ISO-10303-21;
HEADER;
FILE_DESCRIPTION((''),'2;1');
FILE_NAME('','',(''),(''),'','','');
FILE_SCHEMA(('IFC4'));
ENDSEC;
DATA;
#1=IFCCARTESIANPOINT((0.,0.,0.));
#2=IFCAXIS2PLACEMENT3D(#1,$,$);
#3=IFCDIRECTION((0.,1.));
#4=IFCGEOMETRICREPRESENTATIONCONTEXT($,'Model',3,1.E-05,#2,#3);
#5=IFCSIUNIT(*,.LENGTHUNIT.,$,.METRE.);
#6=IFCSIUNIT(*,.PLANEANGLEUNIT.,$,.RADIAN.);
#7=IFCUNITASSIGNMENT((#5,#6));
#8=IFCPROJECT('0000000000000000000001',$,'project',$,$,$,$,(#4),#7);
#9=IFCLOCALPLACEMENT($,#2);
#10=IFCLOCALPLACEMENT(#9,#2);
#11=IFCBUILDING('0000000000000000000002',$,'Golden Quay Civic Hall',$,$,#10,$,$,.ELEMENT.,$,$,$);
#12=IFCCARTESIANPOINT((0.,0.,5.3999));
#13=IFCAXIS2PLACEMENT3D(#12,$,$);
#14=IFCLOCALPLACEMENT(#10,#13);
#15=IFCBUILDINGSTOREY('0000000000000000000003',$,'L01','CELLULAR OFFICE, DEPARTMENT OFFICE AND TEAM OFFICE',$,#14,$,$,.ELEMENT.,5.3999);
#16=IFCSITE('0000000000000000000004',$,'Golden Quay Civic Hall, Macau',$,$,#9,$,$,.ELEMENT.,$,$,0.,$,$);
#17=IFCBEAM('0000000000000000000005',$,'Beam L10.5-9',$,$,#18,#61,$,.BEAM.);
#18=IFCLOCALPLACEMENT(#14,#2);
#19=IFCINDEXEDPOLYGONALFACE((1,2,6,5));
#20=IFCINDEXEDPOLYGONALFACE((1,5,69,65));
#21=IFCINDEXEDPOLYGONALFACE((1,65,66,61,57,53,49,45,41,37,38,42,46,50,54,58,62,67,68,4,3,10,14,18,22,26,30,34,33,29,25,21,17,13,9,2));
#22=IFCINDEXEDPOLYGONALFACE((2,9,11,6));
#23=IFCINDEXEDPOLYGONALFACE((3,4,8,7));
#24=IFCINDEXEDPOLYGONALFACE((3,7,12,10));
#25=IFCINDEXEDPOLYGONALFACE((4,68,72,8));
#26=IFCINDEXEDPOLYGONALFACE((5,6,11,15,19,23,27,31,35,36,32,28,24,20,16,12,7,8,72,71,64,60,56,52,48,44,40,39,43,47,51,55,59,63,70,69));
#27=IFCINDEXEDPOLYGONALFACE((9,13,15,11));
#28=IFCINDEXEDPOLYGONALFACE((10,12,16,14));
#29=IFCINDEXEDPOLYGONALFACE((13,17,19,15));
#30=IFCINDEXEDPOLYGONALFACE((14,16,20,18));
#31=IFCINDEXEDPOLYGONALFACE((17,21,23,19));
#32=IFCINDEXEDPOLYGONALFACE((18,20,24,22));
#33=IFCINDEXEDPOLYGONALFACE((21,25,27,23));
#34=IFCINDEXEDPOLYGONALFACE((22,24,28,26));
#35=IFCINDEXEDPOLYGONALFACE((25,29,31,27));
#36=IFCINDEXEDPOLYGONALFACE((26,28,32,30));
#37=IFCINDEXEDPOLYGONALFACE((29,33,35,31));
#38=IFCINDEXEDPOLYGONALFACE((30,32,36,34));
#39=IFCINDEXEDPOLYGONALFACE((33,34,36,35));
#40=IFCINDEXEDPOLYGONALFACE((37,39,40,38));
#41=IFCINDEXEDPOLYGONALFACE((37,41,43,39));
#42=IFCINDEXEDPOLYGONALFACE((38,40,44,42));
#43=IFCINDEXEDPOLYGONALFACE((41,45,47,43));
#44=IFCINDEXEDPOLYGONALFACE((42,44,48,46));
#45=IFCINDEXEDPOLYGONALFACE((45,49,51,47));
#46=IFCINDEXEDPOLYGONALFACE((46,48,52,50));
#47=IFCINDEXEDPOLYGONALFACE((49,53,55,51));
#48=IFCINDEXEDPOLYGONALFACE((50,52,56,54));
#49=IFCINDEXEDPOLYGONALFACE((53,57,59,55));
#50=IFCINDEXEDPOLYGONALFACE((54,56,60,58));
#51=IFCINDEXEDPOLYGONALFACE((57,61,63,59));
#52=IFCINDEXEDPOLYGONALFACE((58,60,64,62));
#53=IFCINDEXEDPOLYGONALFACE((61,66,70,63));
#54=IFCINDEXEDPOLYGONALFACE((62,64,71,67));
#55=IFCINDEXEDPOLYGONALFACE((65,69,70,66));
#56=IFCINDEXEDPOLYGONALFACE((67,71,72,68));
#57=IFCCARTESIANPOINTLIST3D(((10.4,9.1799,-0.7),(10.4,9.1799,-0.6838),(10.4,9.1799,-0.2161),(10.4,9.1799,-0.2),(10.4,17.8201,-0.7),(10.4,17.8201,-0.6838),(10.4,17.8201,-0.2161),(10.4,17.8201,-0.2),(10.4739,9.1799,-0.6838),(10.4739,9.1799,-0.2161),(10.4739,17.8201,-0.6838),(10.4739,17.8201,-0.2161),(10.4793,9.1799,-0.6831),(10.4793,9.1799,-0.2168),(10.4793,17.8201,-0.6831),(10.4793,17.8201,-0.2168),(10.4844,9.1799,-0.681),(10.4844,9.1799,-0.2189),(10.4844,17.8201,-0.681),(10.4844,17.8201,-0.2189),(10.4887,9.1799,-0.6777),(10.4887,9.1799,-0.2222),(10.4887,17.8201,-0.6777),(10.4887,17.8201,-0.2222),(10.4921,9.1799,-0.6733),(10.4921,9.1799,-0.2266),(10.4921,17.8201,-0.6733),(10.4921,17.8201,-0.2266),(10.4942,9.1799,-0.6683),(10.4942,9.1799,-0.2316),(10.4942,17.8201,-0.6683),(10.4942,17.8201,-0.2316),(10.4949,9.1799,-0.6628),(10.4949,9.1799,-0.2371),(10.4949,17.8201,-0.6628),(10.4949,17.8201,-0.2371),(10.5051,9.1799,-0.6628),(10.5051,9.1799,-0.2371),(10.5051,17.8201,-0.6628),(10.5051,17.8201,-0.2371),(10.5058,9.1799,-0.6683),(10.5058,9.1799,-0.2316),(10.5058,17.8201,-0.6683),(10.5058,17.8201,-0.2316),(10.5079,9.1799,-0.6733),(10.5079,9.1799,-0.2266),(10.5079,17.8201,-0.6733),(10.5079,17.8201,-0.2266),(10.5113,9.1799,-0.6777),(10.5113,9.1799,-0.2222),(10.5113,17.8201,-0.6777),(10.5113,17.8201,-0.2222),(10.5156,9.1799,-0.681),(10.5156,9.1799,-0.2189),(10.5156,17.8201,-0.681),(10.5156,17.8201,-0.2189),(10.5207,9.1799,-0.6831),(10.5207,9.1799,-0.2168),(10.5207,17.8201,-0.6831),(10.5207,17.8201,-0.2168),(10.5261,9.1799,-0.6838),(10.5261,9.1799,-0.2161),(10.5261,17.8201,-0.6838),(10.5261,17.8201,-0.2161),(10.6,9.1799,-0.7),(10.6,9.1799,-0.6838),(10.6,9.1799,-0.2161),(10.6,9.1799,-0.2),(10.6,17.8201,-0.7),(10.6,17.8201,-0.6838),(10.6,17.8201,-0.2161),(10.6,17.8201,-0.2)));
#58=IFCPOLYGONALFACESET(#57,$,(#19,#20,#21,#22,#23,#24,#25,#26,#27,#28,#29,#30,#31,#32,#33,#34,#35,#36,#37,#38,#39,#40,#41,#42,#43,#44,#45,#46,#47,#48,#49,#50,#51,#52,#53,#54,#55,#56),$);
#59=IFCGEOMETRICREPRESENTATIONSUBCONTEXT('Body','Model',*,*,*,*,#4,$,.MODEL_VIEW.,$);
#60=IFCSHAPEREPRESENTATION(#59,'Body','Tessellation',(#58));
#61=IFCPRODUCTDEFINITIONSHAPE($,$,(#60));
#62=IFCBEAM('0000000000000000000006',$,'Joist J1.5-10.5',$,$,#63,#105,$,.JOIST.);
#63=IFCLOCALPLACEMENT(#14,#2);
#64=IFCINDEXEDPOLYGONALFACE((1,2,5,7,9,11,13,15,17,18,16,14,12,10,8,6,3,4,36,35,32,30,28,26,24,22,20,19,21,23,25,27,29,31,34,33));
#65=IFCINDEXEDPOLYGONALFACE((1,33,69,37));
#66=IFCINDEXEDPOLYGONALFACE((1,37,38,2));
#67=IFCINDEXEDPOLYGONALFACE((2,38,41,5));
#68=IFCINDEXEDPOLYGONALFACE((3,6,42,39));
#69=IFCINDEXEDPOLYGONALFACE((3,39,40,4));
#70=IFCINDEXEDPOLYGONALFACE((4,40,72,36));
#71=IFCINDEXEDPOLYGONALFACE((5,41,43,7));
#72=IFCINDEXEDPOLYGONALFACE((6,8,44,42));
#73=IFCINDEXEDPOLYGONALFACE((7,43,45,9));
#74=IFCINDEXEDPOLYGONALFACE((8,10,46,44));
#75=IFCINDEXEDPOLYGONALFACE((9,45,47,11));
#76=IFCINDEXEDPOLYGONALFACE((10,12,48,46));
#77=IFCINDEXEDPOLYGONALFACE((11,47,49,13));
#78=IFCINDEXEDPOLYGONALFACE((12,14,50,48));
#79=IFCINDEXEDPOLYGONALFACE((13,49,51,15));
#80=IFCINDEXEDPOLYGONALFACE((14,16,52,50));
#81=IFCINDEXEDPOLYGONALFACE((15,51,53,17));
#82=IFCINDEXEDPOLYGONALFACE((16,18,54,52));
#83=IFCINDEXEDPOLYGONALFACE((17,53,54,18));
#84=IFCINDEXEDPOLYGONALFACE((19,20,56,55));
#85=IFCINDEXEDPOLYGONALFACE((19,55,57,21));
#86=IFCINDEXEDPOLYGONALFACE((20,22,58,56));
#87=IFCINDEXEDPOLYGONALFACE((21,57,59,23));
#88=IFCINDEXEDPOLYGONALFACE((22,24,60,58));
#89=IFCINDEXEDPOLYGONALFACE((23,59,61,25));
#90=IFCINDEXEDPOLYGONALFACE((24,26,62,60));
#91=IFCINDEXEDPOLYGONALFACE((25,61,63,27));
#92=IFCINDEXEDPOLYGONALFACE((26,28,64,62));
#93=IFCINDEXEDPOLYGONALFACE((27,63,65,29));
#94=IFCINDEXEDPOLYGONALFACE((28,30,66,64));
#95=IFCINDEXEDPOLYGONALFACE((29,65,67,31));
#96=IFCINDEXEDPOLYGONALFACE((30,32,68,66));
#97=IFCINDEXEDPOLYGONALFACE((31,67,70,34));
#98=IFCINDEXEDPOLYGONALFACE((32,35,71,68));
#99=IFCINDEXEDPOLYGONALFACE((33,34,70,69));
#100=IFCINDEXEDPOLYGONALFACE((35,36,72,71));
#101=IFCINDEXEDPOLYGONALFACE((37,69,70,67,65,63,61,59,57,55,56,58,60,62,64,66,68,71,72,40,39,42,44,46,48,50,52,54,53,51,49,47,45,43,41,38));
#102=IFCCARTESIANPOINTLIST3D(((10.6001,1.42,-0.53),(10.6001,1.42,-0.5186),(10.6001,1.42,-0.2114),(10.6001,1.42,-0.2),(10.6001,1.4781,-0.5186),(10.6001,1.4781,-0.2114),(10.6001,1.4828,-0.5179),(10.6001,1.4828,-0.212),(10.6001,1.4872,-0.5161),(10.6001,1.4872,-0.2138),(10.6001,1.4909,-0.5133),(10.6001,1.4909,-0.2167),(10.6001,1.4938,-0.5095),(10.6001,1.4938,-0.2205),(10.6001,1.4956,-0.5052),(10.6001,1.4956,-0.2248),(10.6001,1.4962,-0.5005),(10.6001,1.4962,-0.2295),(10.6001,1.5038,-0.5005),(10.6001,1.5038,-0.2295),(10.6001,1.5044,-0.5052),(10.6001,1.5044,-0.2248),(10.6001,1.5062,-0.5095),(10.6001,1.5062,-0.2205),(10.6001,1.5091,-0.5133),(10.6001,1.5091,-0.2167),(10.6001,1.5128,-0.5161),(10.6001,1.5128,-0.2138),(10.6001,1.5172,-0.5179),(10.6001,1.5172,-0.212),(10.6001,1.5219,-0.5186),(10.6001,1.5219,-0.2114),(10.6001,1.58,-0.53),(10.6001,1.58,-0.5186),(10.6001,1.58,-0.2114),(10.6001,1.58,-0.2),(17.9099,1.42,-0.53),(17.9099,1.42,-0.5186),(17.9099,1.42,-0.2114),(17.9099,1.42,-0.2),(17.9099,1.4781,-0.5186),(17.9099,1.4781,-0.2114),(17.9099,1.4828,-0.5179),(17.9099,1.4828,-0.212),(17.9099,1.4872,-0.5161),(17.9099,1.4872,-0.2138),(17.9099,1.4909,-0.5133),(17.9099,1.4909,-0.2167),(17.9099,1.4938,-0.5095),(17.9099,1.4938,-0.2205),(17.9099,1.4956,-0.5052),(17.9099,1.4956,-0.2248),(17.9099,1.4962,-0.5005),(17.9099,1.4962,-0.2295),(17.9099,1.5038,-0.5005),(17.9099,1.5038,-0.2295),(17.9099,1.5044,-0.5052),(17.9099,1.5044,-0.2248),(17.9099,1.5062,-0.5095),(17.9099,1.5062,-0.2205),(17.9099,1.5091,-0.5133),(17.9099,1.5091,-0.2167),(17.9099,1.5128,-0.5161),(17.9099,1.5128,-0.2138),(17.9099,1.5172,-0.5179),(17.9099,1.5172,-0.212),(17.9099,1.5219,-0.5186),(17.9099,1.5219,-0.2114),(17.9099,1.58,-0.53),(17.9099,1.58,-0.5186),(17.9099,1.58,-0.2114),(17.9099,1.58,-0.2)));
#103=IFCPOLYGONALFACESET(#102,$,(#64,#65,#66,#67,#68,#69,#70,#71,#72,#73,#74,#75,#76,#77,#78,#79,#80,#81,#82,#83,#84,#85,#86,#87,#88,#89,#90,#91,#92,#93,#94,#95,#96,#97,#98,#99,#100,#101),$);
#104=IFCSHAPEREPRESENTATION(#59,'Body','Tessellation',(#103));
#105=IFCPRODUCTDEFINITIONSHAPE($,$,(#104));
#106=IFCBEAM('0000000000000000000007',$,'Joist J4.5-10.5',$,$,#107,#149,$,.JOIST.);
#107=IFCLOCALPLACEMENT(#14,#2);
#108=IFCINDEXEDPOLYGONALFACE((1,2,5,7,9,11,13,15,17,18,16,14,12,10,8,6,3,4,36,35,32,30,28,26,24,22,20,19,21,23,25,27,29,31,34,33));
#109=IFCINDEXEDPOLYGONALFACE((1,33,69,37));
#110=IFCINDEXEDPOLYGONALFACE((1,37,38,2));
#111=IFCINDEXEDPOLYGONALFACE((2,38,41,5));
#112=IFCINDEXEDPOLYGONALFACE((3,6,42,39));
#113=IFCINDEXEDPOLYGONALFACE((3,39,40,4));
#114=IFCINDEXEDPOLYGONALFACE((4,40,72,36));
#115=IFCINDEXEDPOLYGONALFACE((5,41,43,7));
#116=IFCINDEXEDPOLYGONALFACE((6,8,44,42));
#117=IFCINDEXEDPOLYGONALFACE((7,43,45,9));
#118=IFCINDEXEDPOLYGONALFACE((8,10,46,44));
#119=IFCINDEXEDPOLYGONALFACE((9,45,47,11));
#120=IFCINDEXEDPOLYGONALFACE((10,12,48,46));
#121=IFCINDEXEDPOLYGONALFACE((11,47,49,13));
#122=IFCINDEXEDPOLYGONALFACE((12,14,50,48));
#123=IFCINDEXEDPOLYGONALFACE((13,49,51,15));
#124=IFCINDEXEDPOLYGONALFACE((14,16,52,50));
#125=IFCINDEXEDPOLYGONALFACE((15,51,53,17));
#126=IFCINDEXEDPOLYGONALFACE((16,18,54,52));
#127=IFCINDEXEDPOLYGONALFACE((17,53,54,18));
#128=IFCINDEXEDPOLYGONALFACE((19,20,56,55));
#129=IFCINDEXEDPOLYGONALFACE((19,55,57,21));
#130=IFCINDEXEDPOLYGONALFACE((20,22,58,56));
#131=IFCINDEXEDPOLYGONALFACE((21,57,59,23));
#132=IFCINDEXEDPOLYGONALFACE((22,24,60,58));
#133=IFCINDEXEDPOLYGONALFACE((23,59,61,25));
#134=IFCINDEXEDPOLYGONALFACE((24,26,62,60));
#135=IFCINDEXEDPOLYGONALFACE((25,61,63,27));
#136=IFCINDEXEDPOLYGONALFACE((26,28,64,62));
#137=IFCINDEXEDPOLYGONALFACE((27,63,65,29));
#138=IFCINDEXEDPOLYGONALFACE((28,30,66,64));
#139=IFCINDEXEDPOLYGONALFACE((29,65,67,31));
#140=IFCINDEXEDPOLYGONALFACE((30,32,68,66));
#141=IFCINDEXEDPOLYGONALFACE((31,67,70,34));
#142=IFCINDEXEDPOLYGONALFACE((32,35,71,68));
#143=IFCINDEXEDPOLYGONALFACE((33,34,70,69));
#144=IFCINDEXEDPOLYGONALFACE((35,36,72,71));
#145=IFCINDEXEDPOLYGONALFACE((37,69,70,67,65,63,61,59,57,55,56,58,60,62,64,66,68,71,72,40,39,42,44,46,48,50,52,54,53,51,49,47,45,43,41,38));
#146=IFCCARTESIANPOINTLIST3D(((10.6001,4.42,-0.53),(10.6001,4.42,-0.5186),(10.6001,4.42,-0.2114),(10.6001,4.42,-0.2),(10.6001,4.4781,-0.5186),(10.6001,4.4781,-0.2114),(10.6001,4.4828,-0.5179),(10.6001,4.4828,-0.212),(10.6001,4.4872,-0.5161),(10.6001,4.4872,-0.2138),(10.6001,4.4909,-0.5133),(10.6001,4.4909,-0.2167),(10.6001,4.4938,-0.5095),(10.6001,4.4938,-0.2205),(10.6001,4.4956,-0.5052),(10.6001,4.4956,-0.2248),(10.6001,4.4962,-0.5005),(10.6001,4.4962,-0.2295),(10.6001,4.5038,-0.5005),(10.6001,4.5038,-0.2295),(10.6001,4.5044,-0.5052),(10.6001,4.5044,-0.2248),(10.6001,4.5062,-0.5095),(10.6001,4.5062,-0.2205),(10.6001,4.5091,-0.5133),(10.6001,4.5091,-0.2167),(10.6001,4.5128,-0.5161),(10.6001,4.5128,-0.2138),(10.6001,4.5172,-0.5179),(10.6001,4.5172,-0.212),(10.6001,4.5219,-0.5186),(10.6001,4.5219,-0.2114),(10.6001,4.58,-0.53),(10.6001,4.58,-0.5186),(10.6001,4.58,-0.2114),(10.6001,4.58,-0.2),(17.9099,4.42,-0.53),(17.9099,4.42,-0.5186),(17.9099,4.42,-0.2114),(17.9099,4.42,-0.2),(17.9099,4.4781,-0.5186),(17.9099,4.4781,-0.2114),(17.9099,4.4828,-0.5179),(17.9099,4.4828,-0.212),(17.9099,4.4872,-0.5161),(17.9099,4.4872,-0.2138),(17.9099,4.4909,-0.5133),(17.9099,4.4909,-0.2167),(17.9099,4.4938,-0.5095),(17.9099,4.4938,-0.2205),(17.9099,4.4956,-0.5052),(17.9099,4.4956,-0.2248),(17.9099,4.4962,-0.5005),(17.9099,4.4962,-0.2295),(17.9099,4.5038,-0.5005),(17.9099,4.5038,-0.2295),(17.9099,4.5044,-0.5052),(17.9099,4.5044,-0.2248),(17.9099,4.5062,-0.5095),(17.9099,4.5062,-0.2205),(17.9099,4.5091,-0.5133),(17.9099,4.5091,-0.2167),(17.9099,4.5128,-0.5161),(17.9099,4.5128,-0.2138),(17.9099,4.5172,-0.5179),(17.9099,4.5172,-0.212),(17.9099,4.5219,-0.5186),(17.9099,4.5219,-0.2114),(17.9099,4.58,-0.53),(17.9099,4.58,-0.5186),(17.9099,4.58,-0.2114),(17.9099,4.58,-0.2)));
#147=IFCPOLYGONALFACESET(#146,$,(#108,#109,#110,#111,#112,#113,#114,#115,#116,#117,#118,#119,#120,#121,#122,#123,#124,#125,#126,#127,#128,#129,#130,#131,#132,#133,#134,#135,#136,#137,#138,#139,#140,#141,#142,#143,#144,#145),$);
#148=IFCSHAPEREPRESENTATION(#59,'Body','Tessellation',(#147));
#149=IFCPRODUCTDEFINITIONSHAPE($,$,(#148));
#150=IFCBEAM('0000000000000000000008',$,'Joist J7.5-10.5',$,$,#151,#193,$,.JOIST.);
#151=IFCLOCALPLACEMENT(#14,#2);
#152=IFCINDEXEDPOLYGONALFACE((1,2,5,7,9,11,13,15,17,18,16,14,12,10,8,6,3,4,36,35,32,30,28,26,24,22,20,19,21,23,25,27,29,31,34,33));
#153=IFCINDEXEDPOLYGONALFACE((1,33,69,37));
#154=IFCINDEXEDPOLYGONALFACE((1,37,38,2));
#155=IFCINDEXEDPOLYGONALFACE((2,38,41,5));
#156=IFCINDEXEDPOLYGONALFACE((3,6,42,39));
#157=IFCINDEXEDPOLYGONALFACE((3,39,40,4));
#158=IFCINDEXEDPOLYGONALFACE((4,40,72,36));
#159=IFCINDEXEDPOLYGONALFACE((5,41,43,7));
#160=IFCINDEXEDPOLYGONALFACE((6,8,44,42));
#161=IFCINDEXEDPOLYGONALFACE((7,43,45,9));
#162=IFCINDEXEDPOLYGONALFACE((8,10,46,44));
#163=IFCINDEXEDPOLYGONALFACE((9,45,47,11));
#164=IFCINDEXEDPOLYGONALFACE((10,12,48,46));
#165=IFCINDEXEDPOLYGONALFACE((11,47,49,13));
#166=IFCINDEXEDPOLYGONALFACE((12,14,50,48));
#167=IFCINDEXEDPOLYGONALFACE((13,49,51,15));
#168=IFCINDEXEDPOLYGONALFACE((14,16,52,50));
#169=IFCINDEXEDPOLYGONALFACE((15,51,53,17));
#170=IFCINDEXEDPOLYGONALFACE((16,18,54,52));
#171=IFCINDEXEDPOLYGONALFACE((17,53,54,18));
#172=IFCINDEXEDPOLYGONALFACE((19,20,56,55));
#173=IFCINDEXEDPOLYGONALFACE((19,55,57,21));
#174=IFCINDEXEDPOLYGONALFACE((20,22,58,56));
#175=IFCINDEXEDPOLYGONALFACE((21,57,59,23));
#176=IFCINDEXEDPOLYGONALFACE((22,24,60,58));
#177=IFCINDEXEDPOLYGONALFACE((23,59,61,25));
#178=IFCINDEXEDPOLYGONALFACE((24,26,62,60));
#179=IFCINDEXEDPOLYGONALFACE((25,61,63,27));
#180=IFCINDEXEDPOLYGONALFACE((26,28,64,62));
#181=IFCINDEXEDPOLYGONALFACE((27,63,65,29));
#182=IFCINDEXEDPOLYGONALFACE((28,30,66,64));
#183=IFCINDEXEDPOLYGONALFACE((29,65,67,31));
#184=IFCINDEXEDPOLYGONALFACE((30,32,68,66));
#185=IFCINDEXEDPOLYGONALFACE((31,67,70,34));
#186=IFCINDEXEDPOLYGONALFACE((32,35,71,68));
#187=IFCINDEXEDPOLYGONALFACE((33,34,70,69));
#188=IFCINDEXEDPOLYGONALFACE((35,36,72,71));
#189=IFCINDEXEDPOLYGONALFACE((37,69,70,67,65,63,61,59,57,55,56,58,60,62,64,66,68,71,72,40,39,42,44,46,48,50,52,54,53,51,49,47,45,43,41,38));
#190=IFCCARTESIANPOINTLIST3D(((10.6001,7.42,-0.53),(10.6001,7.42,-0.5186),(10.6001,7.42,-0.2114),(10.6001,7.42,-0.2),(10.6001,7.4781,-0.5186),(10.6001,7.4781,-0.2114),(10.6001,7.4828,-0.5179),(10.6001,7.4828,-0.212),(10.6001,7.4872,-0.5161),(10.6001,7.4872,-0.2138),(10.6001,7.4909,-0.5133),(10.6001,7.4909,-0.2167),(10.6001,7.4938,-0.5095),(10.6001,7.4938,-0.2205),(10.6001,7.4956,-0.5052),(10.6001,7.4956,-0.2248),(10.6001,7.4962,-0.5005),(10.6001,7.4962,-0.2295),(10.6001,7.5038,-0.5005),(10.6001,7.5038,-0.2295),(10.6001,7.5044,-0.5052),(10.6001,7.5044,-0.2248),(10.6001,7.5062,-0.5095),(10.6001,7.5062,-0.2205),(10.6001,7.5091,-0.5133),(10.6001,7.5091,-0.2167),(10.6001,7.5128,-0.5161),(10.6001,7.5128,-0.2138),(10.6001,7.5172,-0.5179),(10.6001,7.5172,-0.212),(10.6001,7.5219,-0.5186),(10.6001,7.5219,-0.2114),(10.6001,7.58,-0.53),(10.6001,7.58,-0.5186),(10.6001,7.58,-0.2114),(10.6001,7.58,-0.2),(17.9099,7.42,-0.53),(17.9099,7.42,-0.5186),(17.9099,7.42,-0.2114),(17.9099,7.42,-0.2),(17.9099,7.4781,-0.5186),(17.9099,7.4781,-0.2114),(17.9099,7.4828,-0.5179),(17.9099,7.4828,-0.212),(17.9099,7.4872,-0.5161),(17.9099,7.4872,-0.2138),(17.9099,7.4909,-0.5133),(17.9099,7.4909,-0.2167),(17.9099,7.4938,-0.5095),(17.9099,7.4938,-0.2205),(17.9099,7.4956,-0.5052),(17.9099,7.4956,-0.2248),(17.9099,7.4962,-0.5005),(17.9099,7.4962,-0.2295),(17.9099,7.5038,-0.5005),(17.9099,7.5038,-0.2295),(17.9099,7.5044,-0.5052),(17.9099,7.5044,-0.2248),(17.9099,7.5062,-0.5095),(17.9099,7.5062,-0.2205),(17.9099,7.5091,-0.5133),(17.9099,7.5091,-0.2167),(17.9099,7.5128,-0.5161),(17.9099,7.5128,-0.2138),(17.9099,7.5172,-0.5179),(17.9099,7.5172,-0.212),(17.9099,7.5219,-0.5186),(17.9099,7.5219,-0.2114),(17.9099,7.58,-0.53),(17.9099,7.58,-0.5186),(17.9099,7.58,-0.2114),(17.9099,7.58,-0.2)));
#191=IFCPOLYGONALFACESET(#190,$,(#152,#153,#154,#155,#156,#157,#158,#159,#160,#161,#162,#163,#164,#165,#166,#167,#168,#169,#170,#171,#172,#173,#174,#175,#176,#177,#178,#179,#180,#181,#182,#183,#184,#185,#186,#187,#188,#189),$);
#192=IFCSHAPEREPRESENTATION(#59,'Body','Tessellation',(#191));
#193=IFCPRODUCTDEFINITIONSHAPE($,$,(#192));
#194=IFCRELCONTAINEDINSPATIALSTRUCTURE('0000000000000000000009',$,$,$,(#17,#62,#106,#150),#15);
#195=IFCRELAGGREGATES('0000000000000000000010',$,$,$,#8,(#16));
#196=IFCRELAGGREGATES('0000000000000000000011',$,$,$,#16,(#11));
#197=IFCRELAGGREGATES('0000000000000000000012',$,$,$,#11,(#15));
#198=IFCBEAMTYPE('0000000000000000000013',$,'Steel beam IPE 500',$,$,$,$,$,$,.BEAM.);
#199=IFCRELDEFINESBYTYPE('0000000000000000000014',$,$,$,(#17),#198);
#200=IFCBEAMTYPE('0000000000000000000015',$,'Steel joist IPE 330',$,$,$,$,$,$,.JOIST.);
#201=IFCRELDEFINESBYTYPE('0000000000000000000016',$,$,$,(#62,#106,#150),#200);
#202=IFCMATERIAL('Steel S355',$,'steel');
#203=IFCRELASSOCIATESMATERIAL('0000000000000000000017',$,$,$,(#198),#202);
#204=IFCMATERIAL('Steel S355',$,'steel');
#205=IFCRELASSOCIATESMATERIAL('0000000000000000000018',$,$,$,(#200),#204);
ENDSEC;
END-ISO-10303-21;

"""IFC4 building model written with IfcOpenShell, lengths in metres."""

from ifc_helpers import new_model, si_unit, direction, frame, origin, origin_2d, place, context, subcontext, project, spatial, i_section, extrude, material, material_profile, profile_set, type_object, element, save


model = new_model("IFC4")

# Units and contexts
model_context = context("Model", 3, precision=1e-05, world=origin(), true_north=direction((0.0, 1.0)))
body_context = subcontext(model_context, "Body", "Model", "MODEL_VIEW")
ifc_project = project(units=[si_unit("LENGTHUNIT", "METRE"), si_unit("PLANEANGLEUNIT", "RADIAN")], contexts=[model_context])

# Site, building, storey
site_placement = place(None, origin())
site = spatial("IfcSite", under=ifc_project, at=site_placement, Name="Golden Quay Civic Hall, Macau", CompositionType="ELEMENT", RefElevation=0.0)
building_placement = place(site_placement, origin())
building = spatial("IfcBuilding", under=site, at=building_placement, Name="Golden Quay Civic Hall", CompositionType="ELEMENT")
storey_placement = place(building_placement, frame((0.0, 0.0, 5.3999)))
storey = spatial("IfcBuildingStorey", under=building, at=storey_placement, Name="L01", Description="CELLULAR OFFICE, DEPARTMENT OFFICE AND TEAM OFFICE", CompositionType="ELEMENT", Elevation=5.3999)

# Beams
ifc_material_1 = material(Name="Steel S355", Category="steel")
ifc_material_profile_1 = material_profile(ifc_material_1, i_section(OverallWidth=0.2, OverallDepth=0.5, WebThickness=0.0103, FlangeThickness=0.0161, FilletRadius=0.021, at=origin_2d()), Name="IPE 500")
ifc_profile_set_1 = profile_set([ifc_material_profile_1], Name="Steel S355")
beam_type_1 = type_object("IfcBeamType", Name="Steel beam IPE 500", PredefinedType="BEAM", material=ifc_profile_set_1)
for number, where, z_axis, x_axis, name in (
    (1, (10.5, 9.1799, -0.45), (0.0, 1.0, 0.0), (-1.0, 0.0, 0.0), "Beam L10.5-9"),
):
    element("IfcBeam", number, at=place(storey_placement, frame(where, z_axis=z_axis, x_axis=x_axis)), inside=storey, type_object=beam_type_1, Name=name, PredefinedType="BEAM", context=body_context, shape_type="SweptSolid", body=[
        extrude(i_section(OverallWidth=0.2, OverallDepth=0.5, WebThickness=0.0103, FlangeThickness=0.0161, FilletRadius=0.021, at=origin_2d()), origin(), (0.0, 0.0, 1.0), 8.6401),
    ])
ifc_material_2 = material(Name="Steel S355", Category="steel")
ifc_material_profile_2 = material_profile(ifc_material_2, i_section(OverallWidth=0.1599, OverallDepth=0.3301, WebThickness=0.0076, FlangeThickness=0.0115, FilletRadius=0.0181, at=origin_2d()), Name="IPE 330")
ifc_profile_set_2 = profile_set([ifc_material_profile_2], Name="Steel S355")
beam_type_2 = type_object("IfcBeamType", Name="Steel joist IPE 330", PredefinedType="JOIST", material=ifc_profile_set_2)
for number, where, z_axis, x_axis, name in (
    (2, (10.6001, 1.5, -0.365), (1.0, 0.0, 0.0), (0.0, 1.0, 0.0), "Joist J1.5-10.5"),
    (3, (10.6001, 4.5, -0.365), (1.0, 0.0, 0.0), (0.0, 1.0, 0.0), "Joist J4.5-10.5"),
    (4, (10.6001, 7.5, -0.365), (1.0, 0.0, 0.0), (0.0, 1.0, 0.0), "Joist J7.5-10.5"),
):
    element("IfcBeam", number, at=place(storey_placement, frame(where, z_axis=z_axis, x_axis=x_axis)), inside=storey, type_object=beam_type_2, Name=name, PredefinedType="JOIST", context=body_context, shape_type="SweptSolid", body=[
        extrude(i_section(OverallWidth=0.1599, OverallDepth=0.3301, WebThickness=0.0076, FlangeThickness=0.0115, FilletRadius=0.0181, at=origin_2d()), origin(), (0.0, 0.0, 1.0), 7.3098),
    ])

save(model, "model.ifc")
